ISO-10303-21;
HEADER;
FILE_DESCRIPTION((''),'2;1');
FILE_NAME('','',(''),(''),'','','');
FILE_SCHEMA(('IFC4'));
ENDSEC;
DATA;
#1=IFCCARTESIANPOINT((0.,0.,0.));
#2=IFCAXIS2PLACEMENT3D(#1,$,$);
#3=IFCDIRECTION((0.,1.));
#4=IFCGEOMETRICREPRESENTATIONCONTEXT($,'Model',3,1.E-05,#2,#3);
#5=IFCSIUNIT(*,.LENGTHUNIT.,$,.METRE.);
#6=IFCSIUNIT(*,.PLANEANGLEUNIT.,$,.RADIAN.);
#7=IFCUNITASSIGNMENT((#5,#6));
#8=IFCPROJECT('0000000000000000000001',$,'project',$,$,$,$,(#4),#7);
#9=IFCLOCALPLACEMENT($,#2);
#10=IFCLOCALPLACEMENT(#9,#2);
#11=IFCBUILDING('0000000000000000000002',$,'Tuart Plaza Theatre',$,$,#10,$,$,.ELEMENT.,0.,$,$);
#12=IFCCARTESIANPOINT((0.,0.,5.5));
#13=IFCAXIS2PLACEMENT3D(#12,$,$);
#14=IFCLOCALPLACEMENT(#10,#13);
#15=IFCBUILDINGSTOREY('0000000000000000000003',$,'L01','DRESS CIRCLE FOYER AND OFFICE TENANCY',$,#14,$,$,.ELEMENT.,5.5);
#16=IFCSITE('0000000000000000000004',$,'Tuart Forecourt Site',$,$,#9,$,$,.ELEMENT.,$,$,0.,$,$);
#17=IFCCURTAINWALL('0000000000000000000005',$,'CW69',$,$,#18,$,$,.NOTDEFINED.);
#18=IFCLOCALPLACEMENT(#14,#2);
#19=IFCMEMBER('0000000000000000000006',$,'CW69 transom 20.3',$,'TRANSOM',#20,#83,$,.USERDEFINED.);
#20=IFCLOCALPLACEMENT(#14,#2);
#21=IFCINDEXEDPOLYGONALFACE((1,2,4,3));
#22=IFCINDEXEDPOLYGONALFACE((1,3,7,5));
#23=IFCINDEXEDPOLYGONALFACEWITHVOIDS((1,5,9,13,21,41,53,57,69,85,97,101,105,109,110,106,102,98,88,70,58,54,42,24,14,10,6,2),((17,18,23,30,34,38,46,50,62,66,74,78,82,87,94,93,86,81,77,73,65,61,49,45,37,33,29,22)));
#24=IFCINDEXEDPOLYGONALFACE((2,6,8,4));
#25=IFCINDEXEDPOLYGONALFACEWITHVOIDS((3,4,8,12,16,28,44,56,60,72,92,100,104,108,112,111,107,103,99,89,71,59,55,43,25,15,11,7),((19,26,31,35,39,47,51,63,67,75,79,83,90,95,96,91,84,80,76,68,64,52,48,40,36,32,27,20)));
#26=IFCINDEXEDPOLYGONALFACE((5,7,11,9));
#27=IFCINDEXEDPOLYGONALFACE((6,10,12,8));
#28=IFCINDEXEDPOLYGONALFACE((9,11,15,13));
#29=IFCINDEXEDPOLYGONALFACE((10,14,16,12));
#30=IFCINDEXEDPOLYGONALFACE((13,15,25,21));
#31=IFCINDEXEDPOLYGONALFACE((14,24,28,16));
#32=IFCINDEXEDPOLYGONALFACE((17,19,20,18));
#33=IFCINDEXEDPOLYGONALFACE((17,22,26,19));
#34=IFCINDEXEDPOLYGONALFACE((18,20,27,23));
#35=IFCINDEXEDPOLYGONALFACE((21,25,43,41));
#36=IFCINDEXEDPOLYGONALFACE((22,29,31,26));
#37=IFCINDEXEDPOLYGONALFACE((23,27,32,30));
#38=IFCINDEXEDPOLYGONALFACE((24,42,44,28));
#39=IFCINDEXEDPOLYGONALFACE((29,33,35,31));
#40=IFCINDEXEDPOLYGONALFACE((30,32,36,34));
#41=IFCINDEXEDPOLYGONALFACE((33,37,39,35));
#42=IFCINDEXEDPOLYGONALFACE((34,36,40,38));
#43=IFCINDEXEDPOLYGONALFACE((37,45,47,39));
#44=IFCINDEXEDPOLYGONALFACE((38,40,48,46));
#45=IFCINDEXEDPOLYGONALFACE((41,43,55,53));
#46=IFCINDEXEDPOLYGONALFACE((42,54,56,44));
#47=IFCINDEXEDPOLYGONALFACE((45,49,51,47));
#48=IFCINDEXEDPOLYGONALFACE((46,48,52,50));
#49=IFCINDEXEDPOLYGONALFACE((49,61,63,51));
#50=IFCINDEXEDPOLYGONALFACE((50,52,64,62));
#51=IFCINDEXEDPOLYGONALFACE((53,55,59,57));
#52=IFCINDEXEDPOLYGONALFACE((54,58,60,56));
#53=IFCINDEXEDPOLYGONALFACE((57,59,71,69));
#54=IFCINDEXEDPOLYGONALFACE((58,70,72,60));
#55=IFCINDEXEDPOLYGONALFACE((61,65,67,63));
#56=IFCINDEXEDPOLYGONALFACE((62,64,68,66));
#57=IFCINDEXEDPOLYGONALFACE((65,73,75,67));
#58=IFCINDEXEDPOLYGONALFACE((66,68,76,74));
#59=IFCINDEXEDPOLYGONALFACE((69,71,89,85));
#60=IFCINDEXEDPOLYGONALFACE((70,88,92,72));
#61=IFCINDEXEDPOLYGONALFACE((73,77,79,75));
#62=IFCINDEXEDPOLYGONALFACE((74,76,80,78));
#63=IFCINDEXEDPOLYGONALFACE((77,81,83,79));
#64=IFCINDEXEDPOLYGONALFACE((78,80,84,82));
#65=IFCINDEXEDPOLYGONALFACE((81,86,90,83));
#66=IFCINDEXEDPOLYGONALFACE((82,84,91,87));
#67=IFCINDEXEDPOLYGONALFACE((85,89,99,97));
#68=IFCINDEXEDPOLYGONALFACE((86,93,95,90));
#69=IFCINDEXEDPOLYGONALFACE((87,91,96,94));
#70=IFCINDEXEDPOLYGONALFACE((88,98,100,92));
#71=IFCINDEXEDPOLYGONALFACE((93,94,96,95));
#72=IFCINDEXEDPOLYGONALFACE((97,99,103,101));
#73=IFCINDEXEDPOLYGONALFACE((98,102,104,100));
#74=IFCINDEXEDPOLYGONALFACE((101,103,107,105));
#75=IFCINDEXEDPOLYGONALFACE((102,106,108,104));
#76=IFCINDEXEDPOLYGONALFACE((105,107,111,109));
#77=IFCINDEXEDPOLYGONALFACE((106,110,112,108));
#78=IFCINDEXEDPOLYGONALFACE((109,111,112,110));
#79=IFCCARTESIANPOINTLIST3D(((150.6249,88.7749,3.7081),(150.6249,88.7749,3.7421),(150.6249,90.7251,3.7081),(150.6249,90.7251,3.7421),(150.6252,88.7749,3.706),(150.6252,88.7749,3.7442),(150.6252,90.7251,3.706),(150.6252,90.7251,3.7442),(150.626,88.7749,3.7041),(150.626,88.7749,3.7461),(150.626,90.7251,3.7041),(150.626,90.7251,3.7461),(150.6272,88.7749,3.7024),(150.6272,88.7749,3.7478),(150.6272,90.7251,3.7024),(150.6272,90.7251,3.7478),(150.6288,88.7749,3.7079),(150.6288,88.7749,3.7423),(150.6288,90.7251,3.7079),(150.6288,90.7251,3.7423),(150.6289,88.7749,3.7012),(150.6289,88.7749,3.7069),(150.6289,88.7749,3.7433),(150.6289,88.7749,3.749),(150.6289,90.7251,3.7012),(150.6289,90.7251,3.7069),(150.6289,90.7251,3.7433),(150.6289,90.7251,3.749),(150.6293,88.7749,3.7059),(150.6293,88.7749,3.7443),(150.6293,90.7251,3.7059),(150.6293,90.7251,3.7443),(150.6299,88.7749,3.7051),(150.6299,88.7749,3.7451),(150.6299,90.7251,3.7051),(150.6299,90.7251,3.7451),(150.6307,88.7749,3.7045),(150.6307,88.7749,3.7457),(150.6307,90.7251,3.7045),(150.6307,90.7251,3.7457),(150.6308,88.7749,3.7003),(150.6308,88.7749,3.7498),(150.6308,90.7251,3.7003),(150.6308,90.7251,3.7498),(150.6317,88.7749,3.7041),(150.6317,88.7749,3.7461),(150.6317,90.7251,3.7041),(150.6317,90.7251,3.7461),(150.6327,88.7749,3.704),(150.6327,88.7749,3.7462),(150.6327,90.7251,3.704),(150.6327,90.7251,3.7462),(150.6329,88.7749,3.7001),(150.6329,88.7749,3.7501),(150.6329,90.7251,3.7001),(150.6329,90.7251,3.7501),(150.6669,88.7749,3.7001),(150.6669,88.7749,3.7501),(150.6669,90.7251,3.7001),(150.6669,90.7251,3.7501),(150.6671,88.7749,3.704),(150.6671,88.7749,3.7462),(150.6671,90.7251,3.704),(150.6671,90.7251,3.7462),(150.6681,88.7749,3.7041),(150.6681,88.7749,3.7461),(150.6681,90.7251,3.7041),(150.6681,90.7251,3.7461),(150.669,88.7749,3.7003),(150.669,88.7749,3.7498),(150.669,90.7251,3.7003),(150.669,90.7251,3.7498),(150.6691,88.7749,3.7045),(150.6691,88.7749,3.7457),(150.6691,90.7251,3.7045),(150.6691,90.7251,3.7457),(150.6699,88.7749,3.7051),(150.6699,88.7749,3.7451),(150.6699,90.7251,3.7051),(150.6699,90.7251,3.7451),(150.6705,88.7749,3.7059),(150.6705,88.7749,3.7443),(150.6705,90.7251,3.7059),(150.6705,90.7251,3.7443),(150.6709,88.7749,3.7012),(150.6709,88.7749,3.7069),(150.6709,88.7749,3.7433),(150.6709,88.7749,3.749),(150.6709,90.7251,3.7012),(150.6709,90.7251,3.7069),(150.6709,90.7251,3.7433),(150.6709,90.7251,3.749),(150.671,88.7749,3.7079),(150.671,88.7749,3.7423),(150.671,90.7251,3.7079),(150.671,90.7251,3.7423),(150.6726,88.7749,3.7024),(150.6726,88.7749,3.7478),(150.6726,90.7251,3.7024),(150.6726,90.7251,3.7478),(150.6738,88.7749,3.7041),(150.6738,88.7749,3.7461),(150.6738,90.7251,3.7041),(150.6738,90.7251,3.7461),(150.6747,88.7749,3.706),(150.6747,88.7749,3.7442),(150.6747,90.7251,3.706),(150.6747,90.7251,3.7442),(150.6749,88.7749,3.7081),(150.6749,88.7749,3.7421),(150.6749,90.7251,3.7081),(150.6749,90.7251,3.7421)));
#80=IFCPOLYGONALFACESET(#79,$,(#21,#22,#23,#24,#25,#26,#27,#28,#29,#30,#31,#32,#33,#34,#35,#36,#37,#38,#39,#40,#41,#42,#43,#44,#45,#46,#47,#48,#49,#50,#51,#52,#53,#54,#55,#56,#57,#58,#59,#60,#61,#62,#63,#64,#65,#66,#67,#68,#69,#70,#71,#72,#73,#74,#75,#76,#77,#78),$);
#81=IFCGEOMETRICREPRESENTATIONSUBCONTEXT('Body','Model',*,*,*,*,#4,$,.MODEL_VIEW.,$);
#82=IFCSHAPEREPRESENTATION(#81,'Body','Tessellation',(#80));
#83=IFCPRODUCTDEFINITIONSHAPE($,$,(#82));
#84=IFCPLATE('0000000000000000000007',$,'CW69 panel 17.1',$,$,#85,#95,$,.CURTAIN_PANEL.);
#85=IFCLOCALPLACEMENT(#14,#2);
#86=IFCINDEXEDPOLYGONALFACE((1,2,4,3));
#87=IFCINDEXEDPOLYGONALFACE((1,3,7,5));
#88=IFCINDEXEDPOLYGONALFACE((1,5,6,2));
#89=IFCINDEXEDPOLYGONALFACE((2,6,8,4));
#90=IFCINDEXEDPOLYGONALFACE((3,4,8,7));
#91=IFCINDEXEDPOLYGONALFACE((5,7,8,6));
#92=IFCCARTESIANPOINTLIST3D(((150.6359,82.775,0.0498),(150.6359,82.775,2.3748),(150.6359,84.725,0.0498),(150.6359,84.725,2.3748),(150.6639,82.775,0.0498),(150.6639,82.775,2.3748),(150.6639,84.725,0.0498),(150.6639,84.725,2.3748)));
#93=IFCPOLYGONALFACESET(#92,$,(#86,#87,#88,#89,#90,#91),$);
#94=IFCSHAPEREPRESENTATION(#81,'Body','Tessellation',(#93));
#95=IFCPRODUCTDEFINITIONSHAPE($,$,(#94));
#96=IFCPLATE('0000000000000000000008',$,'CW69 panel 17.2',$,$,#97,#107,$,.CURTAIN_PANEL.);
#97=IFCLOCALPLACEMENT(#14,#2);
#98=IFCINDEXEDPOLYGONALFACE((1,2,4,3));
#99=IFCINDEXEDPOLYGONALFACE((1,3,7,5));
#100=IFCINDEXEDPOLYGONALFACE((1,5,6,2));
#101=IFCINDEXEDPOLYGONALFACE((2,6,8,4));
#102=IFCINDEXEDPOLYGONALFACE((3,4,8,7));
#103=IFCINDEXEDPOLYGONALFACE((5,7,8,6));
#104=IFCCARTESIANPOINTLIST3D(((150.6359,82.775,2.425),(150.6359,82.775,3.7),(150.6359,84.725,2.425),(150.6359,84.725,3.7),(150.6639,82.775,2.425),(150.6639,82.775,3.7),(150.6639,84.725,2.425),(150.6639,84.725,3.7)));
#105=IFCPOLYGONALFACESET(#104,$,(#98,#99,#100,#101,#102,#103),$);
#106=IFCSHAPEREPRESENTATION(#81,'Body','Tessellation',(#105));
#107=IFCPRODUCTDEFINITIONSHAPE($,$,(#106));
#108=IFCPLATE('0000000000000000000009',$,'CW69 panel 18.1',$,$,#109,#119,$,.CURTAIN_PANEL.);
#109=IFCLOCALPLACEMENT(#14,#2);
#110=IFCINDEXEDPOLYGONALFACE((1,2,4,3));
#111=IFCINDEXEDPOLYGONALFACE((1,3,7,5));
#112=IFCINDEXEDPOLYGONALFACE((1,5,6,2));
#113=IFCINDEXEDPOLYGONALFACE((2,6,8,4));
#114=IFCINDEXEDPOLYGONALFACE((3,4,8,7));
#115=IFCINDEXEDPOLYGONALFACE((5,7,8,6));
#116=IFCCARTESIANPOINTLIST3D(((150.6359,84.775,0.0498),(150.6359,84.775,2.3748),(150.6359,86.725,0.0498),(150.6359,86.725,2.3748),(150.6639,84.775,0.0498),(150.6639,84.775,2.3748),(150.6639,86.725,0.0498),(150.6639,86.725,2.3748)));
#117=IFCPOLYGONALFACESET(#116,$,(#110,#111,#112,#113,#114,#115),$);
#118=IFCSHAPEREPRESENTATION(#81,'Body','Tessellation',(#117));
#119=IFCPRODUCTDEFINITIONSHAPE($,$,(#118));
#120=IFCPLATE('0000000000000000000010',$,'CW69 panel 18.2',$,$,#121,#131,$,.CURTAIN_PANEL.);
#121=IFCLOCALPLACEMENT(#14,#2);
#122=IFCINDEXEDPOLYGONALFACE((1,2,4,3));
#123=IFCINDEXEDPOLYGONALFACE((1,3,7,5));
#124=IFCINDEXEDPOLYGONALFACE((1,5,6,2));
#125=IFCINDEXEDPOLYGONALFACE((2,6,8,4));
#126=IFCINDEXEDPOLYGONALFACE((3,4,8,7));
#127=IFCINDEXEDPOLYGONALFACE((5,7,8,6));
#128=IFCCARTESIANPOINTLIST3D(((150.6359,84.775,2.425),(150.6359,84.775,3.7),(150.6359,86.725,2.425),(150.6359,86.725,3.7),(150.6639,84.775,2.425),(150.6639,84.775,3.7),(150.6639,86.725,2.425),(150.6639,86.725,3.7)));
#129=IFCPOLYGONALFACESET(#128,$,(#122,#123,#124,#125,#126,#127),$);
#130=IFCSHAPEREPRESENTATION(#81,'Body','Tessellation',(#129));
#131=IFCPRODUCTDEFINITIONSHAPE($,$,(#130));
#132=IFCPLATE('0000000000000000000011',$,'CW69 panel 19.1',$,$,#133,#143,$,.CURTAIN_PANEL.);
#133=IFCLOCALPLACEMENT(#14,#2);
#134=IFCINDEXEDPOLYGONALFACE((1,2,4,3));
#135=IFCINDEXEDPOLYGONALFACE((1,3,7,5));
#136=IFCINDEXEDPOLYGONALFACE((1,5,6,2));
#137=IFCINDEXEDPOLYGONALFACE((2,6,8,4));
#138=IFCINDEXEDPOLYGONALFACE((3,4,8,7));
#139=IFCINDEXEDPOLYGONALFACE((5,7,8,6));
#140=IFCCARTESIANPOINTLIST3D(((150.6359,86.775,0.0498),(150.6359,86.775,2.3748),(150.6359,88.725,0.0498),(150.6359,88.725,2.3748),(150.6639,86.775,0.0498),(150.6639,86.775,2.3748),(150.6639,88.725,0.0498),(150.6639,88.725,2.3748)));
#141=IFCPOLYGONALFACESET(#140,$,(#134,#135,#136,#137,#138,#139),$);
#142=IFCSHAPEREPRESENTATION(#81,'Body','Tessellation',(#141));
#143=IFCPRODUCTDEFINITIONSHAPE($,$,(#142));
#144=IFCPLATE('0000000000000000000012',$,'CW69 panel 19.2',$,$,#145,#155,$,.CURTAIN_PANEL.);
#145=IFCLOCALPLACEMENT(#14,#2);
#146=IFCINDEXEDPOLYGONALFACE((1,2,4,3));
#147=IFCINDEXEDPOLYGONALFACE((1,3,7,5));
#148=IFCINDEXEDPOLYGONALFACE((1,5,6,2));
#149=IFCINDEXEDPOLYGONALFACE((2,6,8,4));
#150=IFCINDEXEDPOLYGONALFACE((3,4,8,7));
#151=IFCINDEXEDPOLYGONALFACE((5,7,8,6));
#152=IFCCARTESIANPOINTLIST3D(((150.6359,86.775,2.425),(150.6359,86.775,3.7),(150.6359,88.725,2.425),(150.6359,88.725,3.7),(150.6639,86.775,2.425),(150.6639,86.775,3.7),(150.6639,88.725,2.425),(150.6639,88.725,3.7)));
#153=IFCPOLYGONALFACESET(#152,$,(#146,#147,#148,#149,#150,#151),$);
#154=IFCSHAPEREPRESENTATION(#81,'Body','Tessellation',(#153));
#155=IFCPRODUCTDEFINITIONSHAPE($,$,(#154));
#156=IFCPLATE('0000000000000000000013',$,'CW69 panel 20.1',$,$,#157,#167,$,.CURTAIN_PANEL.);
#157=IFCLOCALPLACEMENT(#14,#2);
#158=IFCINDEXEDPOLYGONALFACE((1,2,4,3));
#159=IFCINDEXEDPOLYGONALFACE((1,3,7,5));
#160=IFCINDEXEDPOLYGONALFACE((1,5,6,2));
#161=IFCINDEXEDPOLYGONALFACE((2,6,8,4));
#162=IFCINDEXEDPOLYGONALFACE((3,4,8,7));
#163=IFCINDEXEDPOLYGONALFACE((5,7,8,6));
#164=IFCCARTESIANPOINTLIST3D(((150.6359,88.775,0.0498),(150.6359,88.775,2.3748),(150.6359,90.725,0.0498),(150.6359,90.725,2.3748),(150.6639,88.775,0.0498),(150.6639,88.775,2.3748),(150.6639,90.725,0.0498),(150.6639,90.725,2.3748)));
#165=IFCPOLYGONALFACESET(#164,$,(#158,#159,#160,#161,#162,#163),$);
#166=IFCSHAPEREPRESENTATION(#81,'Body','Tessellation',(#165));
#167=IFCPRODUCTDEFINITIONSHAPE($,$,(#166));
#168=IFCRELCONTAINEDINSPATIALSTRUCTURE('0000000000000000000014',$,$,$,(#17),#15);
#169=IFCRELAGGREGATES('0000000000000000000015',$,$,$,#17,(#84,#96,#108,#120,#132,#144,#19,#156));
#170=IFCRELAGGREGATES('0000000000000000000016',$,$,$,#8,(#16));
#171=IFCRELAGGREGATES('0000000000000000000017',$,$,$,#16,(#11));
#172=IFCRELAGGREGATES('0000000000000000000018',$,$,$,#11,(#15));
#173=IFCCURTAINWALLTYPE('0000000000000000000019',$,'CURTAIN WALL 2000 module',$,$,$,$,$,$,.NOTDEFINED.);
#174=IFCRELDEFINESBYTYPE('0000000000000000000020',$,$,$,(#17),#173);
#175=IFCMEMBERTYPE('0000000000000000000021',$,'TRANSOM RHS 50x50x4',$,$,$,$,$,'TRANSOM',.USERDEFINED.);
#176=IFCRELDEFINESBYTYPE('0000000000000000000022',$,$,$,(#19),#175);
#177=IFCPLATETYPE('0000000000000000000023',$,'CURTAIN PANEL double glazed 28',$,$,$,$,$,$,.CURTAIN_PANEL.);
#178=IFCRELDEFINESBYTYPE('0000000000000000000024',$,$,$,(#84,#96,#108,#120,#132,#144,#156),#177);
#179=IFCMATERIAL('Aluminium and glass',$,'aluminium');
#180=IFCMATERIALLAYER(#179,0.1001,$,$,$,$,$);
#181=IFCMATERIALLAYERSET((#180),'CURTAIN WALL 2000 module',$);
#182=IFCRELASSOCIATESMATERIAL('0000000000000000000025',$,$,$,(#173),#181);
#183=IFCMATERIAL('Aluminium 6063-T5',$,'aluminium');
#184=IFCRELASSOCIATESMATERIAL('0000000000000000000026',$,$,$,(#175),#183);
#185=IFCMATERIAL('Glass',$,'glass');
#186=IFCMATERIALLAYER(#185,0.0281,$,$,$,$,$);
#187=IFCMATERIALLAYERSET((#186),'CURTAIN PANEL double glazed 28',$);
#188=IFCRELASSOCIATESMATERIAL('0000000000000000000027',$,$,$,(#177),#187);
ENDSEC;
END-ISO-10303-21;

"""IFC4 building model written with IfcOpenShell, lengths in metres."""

from ifc_helpers import new_model, si_unit, direction, frame, origin, origin_2d, place, context, subcontext, project, spatial, rectangle, hollow_rectangle, extrude, material, layer, layer_set, material_profile, profile_set, type_object, element, aggregate, save


model = new_model("IFC4")

# Units and contexts
model_context = context("Model", 3, precision=1e-05, world=origin(), true_north=direction((0.0, 1.0)))
body_context = subcontext(model_context, "Body", "Model", "MODEL_VIEW")
ifc_project = project(units=[si_unit("LENGTHUNIT", "METRE"), si_unit("PLANEANGLEUNIT", "RADIAN")], contexts=[model_context])

# Site, building, storey
site_placement = place(None, origin())
site = spatial("IfcSite", under=ifc_project, at=site_placement, Name="Tuart Forecourt Site", CompositionType="ELEMENT", RefElevation=0.0)
building_placement = place(site_placement, origin())
building = spatial("IfcBuilding", under=site, at=building_placement, Name="Tuart Plaza Theatre", CompositionType="ELEMENT", ElevationOfRefHeight=0.0)
storey_placement = place(building_placement, frame((0.0, 0.0, 5.5)))
storey = spatial("IfcBuildingStorey", under=building, at=storey_placement, Name="L01", Description="DRESS CIRCLE FOYER AND OFFICE TENANCY", CompositionType="ELEMENT", Elevation=5.5)

# Curtain wall, member, plates
ifc_material_1 = material(Name="Aluminium and glass", Category="aluminium")
ifc_layer_1 = layer(ifc_material_1, 0.1001)
ifc_layer_set_1 = layer_set([ifc_layer_1], Name="CURTAIN WALL 2000 module")
curtain_wall_type = type_object("IfcCurtainWallType", Name="CURTAIN WALL 2000 module", PredefinedType="NOTDEFINED", material=ifc_layer_set_1)
curtain_wall_placement = place(storey_placement, origin())
curtain_wall = element("IfcCurtainWall", 1, at=curtain_wall_placement, inside=storey, type_object=curtain_wall_type, Name="CW69", PredefinedType="NOTDEFINED")
ifc_material_2 = material(Name="Aluminium 6063-T5", Category="aluminium")
ifc_material_profile_1 = material_profile(ifc_material_2, hollow_rectangle(XDim=0.05, YDim=0.05, WallThickness=0.0039, InnerFilletRadius=0.0039, OuterFilletRadius=0.0081, at=origin_2d()), Name="RHS 50x50x4")
ifc_profile_set_1 = profile_set([ifc_material_profile_1], Name="Aluminium 6063-T5")
member_type_1 = type_object("IfcMemberType", Name="TRANSOM RHS 50x50x4", ElementType="TRANSOM", PredefinedType="USERDEFINED", material=ifc_profile_set_1)
member_1_placement = place(storey_placement, frame((150.6499, 88.7749, 3.7251), z_axis=(0.0, 1.0, 0.0), x_axis=(-1.0, 0.0, 0.0)))
member_1 = element("IfcMember", 2, at=member_1_placement, type_object=member_type_1, Name="CW69 transom 20.3", ObjectType="TRANSOM", PredefinedType="USERDEFINED", context=body_context, shape_type="SweptSolid", body=[
    extrude(hollow_rectangle(XDim=0.05, YDim=0.05, WallThickness=0.0039, InnerFilletRadius=0.0039, OuterFilletRadius=0.0081, at=origin_2d()), origin(), (0.0, 0.0, 1.0), 1.9502),
])
ifc_material_3 = material(Name="Glass", Category="glass")
ifc_layer_2 = layer(ifc_material_3, 0.0281)
ifc_layer_set_2 = layer_set([ifc_layer_2], Name="CURTAIN PANEL double glazed 28")
plate_type = type_object("IfcPlateType", Name="CURTAIN PANEL double glazed 28", PredefinedType="CURTAIN_PANEL", material=ifc_layer_set_2)
plate_1_placement = place(storey_placement, frame((150.6499, 83.75, 0.0498), z_axis=(0.0, 0.0, 1.0), x_axis=(0.0, 1.0, 0.0)))
plate_1 = element("IfcPlate", 3, at=plate_1_placement, type_object=plate_type, Name="CW69 panel 17.1", PredefinedType="CURTAIN_PANEL", context=body_context, shape_type="SweptSolid", body=[
    extrude(rectangle(XDim=1.95, YDim=0.0281, at=origin_2d()), origin(), (0.0, 0.0, 1.0), 2.325),
])
plate_2_placement = place(storey_placement, frame((150.6499, 83.75, 2.425), z_axis=(0.0, 0.0, 1.0), x_axis=(0.0, 1.0, 0.0)))
plate_2 = element("IfcPlate", 4, at=plate_2_placement, type_object=plate_type, Name="CW69 panel 17.2", PredefinedType="CURTAIN_PANEL", context=body_context, shape_type="SweptSolid", body=[
    extrude(rectangle(XDim=1.95, YDim=0.0281, at=origin_2d()), origin(), (0.0, 0.0, 1.0), 1.2749),
])
plate_3_placement = place(storey_placement, frame((150.6499, 85.75, 0.0498), z_axis=(0.0, 0.0, 1.0), x_axis=(0.0, 1.0, 0.0)))
plate_3 = element("IfcPlate", 5, at=plate_3_placement, type_object=plate_type, Name="CW69 panel 18.1", PredefinedType="CURTAIN_PANEL", context=body_context, shape_type="SweptSolid", body=[
    extrude(rectangle(XDim=1.95, YDim=0.0281, at=origin_2d()), origin(), (0.0, 0.0, 1.0), 2.325),
])
plate_4_placement = place(storey_placement, frame((150.6499, 85.75, 2.425), z_axis=(0.0, 0.0, 1.0), x_axis=(0.0, 1.0, 0.0)))
plate_4 = element("IfcPlate", 6, at=plate_4_placement, type_object=plate_type, Name="CW69 panel 18.2", PredefinedType="CURTAIN_PANEL", context=body_context, shape_type="SweptSolid", body=[
    extrude(rectangle(XDim=1.95, YDim=0.0281, at=origin_2d()), origin(), (0.0, 0.0, 1.0), 1.2749),
])
plate_5_placement = place(storey_placement, frame((150.6499, 87.75, 0.0498), z_axis=(0.0, 0.0, 1.0), x_axis=(0.0, 1.0, 0.0)))
plate_5 = element("IfcPlate", 7, at=plate_5_placement, type_object=plate_type, Name="CW69 panel 19.1", PredefinedType="CURTAIN_PANEL", context=body_context, shape_type="SweptSolid", body=[
    extrude(rectangle(XDim=1.95, YDim=0.0281, at=origin_2d()), origin(), (0.0, 0.0, 1.0), 2.325),
])
plate_6_placement = place(storey_placement, frame((150.6499, 87.75, 2.425), z_axis=(0.0, 0.0, 1.0), x_axis=(0.0, 1.0, 0.0)))
plate_6 = element("IfcPlate", 8, at=plate_6_placement, type_object=plate_type, Name="CW69 panel 19.2", PredefinedType="CURTAIN_PANEL", context=body_context, shape_type="SweptSolid", body=[
    extrude(rectangle(XDim=1.95, YDim=0.0281, at=origin_2d()), origin(), (0.0, 0.0, 1.0), 1.2749),
])
plate_7_placement = place(storey_placement, frame((150.6499, 89.75, 0.0498), z_axis=(0.0, 0.0, 1.0), x_axis=(0.0, 1.0, 0.0)))
plate_7 = element("IfcPlate", 9, at=plate_7_placement, type_object=plate_type, Name="CW69 panel 20.1", PredefinedType="CURTAIN_PANEL", context=body_context, shape_type="SweptSolid", body=[
    extrude(rectangle(XDim=1.95, YDim=0.0281, at=origin_2d()), origin(), (0.0, 0.0, 1.0), 2.325),
])
aggregate(curtain_wall, [plate_1, plate_2, plate_3, plate_4, plate_5, plate_6, member_1, plate_7])

save(model, "model.ifc")
